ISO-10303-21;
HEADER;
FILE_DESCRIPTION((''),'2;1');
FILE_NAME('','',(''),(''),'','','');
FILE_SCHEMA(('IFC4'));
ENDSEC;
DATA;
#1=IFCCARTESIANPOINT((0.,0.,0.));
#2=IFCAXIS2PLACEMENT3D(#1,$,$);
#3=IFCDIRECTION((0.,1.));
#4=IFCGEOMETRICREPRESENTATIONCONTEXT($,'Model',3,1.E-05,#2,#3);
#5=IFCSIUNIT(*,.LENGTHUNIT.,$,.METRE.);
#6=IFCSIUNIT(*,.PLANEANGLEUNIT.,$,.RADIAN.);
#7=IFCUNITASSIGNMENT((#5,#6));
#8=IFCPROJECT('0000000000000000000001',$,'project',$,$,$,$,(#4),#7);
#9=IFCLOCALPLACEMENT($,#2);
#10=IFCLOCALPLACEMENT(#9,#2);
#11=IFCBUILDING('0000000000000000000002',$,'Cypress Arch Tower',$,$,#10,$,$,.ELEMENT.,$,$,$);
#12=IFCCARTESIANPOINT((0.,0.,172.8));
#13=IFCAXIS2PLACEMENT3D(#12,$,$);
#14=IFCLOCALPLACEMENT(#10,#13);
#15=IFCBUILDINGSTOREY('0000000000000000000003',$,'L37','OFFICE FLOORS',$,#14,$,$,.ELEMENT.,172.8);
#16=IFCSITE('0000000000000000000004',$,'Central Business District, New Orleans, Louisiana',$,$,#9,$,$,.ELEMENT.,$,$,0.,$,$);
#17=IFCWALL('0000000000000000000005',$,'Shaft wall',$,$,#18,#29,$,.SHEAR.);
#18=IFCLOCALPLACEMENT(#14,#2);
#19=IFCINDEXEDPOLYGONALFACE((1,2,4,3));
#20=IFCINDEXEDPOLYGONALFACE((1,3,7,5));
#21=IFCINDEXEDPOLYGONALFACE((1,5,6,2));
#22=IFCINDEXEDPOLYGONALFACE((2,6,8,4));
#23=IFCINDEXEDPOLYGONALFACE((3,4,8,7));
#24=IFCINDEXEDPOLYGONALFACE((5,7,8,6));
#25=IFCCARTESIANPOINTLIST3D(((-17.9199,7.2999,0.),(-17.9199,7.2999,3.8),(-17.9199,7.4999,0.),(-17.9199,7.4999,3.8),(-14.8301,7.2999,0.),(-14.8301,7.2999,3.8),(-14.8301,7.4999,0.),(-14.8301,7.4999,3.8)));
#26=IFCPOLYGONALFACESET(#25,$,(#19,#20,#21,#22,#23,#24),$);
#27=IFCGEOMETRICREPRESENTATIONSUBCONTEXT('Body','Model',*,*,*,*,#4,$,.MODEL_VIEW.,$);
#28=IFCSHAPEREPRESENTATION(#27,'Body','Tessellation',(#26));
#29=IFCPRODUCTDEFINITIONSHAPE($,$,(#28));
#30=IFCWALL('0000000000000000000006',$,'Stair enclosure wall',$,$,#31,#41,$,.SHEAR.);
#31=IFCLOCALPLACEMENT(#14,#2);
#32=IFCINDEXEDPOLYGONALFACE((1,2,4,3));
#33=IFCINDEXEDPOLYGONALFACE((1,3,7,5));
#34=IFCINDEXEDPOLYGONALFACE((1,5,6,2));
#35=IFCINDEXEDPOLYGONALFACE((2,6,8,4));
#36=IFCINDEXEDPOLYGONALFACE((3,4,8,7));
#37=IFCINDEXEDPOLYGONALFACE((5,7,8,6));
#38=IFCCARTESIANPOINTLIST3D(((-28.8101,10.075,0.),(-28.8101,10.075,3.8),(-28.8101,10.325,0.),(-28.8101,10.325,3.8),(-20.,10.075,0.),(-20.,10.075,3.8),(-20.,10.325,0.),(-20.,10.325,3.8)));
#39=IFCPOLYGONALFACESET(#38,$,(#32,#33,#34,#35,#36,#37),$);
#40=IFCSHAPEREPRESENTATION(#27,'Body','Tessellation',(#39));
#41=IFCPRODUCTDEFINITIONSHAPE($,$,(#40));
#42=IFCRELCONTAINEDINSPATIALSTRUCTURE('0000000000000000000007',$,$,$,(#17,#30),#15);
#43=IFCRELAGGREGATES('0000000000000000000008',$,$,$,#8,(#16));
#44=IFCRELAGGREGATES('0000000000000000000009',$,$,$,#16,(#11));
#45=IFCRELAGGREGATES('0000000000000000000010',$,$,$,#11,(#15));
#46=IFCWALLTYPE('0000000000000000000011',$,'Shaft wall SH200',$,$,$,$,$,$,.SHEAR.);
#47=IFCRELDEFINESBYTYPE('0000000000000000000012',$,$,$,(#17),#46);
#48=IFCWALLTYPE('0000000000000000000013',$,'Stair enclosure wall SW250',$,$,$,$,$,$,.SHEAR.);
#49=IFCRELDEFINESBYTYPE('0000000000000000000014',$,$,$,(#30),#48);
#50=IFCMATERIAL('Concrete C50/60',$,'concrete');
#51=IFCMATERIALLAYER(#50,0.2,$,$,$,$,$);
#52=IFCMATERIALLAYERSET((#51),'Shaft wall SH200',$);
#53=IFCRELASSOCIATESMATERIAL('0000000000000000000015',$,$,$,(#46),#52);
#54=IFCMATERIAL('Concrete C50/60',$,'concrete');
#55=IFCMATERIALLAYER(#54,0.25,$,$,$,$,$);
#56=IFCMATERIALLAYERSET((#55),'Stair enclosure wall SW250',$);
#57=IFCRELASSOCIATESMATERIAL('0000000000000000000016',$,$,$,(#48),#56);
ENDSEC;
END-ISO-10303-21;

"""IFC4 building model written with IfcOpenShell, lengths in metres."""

from ifc_helpers import new_model, si_unit, direction, frame, frame_2d, origin, place, context, subcontext, project, spatial, rectangle, extrude, material, layer, layer_set, type_object, element, save


model = new_model("IFC4")

# Units and contexts
model_context = context("Model", 3, precision=1e-05, world=origin(), true_north=direction((0.0, 1.0)))
body_context = subcontext(model_context, "Body", "Model", "MODEL_VIEW")
ifc_project = project(units=[si_unit("LENGTHUNIT", "METRE"), si_unit("PLANEANGLEUNIT", "RADIAN")], contexts=[model_context])

# Site, building, storey
site_placement = place(None, origin())
site = spatial("IfcSite", under=ifc_project, at=site_placement, Name="Central Business District, New Orleans, Louisiana", CompositionType="ELEMENT", RefElevation=0.0)
building_placement = place(site_placement, origin())
building = spatial("IfcBuilding", under=site, at=building_placement, Name="Cypress Arch Tower", CompositionType="ELEMENT")
storey_placement = place(building_placement, frame((0.0, 0.0, 172.8)))
storey = spatial("IfcBuildingStorey", under=building, at=storey_placement, Name="L37", Description="OFFICE FLOORS", CompositionType="ELEMENT", Elevation=172.8)

# Shared definitions
ifc_material_1 = material(Name="Concrete C50/60", Category="concrete")
ifc_layer_1 = layer(ifc_material_1, 0.2)
ifc_layer_set_1 = layer_set([ifc_layer_1], Name="Shaft wall SH200")
wall_type_1 = type_object("IfcWallType", Name="Shaft wall SH200", PredefinedType="SHEAR", material=ifc_layer_set_1)

# Walls
wall_1_placement = place(storey_placement, frame((-17.9199, 7.3999, 0.0), z_axis=(0.0, 0.0, 1.0), x_axis=(1.0, 0.0, 0.0)))
element("IfcWall", 1, at=wall_1_placement, inside=storey, type_object=wall_type_1, Name="Shaft wall", PredefinedType="SHEAR", context=body_context, shape_type="SweptSolid", body=[
    extrude(rectangle(XDim=3.0898, YDim=0.2, at=frame_2d((1.5449, 0.0))), origin(), (0.0, 0.0, 1.0), 3.8),
])
ifc_material_2 = material(Name="Concrete C50/60", Category="concrete")
ifc_layer_2 = layer(ifc_material_2, 0.25)
ifc_layer_set_2 = layer_set([ifc_layer_2], Name="Stair enclosure wall SW250")
wall_type_2 = type_object("IfcWallType", Name="Stair enclosure wall SW250", PredefinedType="SHEAR", material=ifc_layer_set_2)
wall_2_placement = place(storey_placement, frame((-28.8101, 10.2, 0.0), z_axis=(0.0, 0.0, 1.0), x_axis=(1.0, 0.0, 0.0)))
element("IfcWall", 2, at=wall_2_placement, inside=storey, type_object=wall_type_2, Name="Stair enclosure wall", PredefinedType="SHEAR", context=body_context, shape_type="SweptSolid", body=[
    extrude(rectangle(XDim=8.8101, YDim=0.25, at=frame_2d((4.405, 0.0))), origin(), (0.0, 0.0, 1.0), 3.8),
])

save(model, "model.ifc")
